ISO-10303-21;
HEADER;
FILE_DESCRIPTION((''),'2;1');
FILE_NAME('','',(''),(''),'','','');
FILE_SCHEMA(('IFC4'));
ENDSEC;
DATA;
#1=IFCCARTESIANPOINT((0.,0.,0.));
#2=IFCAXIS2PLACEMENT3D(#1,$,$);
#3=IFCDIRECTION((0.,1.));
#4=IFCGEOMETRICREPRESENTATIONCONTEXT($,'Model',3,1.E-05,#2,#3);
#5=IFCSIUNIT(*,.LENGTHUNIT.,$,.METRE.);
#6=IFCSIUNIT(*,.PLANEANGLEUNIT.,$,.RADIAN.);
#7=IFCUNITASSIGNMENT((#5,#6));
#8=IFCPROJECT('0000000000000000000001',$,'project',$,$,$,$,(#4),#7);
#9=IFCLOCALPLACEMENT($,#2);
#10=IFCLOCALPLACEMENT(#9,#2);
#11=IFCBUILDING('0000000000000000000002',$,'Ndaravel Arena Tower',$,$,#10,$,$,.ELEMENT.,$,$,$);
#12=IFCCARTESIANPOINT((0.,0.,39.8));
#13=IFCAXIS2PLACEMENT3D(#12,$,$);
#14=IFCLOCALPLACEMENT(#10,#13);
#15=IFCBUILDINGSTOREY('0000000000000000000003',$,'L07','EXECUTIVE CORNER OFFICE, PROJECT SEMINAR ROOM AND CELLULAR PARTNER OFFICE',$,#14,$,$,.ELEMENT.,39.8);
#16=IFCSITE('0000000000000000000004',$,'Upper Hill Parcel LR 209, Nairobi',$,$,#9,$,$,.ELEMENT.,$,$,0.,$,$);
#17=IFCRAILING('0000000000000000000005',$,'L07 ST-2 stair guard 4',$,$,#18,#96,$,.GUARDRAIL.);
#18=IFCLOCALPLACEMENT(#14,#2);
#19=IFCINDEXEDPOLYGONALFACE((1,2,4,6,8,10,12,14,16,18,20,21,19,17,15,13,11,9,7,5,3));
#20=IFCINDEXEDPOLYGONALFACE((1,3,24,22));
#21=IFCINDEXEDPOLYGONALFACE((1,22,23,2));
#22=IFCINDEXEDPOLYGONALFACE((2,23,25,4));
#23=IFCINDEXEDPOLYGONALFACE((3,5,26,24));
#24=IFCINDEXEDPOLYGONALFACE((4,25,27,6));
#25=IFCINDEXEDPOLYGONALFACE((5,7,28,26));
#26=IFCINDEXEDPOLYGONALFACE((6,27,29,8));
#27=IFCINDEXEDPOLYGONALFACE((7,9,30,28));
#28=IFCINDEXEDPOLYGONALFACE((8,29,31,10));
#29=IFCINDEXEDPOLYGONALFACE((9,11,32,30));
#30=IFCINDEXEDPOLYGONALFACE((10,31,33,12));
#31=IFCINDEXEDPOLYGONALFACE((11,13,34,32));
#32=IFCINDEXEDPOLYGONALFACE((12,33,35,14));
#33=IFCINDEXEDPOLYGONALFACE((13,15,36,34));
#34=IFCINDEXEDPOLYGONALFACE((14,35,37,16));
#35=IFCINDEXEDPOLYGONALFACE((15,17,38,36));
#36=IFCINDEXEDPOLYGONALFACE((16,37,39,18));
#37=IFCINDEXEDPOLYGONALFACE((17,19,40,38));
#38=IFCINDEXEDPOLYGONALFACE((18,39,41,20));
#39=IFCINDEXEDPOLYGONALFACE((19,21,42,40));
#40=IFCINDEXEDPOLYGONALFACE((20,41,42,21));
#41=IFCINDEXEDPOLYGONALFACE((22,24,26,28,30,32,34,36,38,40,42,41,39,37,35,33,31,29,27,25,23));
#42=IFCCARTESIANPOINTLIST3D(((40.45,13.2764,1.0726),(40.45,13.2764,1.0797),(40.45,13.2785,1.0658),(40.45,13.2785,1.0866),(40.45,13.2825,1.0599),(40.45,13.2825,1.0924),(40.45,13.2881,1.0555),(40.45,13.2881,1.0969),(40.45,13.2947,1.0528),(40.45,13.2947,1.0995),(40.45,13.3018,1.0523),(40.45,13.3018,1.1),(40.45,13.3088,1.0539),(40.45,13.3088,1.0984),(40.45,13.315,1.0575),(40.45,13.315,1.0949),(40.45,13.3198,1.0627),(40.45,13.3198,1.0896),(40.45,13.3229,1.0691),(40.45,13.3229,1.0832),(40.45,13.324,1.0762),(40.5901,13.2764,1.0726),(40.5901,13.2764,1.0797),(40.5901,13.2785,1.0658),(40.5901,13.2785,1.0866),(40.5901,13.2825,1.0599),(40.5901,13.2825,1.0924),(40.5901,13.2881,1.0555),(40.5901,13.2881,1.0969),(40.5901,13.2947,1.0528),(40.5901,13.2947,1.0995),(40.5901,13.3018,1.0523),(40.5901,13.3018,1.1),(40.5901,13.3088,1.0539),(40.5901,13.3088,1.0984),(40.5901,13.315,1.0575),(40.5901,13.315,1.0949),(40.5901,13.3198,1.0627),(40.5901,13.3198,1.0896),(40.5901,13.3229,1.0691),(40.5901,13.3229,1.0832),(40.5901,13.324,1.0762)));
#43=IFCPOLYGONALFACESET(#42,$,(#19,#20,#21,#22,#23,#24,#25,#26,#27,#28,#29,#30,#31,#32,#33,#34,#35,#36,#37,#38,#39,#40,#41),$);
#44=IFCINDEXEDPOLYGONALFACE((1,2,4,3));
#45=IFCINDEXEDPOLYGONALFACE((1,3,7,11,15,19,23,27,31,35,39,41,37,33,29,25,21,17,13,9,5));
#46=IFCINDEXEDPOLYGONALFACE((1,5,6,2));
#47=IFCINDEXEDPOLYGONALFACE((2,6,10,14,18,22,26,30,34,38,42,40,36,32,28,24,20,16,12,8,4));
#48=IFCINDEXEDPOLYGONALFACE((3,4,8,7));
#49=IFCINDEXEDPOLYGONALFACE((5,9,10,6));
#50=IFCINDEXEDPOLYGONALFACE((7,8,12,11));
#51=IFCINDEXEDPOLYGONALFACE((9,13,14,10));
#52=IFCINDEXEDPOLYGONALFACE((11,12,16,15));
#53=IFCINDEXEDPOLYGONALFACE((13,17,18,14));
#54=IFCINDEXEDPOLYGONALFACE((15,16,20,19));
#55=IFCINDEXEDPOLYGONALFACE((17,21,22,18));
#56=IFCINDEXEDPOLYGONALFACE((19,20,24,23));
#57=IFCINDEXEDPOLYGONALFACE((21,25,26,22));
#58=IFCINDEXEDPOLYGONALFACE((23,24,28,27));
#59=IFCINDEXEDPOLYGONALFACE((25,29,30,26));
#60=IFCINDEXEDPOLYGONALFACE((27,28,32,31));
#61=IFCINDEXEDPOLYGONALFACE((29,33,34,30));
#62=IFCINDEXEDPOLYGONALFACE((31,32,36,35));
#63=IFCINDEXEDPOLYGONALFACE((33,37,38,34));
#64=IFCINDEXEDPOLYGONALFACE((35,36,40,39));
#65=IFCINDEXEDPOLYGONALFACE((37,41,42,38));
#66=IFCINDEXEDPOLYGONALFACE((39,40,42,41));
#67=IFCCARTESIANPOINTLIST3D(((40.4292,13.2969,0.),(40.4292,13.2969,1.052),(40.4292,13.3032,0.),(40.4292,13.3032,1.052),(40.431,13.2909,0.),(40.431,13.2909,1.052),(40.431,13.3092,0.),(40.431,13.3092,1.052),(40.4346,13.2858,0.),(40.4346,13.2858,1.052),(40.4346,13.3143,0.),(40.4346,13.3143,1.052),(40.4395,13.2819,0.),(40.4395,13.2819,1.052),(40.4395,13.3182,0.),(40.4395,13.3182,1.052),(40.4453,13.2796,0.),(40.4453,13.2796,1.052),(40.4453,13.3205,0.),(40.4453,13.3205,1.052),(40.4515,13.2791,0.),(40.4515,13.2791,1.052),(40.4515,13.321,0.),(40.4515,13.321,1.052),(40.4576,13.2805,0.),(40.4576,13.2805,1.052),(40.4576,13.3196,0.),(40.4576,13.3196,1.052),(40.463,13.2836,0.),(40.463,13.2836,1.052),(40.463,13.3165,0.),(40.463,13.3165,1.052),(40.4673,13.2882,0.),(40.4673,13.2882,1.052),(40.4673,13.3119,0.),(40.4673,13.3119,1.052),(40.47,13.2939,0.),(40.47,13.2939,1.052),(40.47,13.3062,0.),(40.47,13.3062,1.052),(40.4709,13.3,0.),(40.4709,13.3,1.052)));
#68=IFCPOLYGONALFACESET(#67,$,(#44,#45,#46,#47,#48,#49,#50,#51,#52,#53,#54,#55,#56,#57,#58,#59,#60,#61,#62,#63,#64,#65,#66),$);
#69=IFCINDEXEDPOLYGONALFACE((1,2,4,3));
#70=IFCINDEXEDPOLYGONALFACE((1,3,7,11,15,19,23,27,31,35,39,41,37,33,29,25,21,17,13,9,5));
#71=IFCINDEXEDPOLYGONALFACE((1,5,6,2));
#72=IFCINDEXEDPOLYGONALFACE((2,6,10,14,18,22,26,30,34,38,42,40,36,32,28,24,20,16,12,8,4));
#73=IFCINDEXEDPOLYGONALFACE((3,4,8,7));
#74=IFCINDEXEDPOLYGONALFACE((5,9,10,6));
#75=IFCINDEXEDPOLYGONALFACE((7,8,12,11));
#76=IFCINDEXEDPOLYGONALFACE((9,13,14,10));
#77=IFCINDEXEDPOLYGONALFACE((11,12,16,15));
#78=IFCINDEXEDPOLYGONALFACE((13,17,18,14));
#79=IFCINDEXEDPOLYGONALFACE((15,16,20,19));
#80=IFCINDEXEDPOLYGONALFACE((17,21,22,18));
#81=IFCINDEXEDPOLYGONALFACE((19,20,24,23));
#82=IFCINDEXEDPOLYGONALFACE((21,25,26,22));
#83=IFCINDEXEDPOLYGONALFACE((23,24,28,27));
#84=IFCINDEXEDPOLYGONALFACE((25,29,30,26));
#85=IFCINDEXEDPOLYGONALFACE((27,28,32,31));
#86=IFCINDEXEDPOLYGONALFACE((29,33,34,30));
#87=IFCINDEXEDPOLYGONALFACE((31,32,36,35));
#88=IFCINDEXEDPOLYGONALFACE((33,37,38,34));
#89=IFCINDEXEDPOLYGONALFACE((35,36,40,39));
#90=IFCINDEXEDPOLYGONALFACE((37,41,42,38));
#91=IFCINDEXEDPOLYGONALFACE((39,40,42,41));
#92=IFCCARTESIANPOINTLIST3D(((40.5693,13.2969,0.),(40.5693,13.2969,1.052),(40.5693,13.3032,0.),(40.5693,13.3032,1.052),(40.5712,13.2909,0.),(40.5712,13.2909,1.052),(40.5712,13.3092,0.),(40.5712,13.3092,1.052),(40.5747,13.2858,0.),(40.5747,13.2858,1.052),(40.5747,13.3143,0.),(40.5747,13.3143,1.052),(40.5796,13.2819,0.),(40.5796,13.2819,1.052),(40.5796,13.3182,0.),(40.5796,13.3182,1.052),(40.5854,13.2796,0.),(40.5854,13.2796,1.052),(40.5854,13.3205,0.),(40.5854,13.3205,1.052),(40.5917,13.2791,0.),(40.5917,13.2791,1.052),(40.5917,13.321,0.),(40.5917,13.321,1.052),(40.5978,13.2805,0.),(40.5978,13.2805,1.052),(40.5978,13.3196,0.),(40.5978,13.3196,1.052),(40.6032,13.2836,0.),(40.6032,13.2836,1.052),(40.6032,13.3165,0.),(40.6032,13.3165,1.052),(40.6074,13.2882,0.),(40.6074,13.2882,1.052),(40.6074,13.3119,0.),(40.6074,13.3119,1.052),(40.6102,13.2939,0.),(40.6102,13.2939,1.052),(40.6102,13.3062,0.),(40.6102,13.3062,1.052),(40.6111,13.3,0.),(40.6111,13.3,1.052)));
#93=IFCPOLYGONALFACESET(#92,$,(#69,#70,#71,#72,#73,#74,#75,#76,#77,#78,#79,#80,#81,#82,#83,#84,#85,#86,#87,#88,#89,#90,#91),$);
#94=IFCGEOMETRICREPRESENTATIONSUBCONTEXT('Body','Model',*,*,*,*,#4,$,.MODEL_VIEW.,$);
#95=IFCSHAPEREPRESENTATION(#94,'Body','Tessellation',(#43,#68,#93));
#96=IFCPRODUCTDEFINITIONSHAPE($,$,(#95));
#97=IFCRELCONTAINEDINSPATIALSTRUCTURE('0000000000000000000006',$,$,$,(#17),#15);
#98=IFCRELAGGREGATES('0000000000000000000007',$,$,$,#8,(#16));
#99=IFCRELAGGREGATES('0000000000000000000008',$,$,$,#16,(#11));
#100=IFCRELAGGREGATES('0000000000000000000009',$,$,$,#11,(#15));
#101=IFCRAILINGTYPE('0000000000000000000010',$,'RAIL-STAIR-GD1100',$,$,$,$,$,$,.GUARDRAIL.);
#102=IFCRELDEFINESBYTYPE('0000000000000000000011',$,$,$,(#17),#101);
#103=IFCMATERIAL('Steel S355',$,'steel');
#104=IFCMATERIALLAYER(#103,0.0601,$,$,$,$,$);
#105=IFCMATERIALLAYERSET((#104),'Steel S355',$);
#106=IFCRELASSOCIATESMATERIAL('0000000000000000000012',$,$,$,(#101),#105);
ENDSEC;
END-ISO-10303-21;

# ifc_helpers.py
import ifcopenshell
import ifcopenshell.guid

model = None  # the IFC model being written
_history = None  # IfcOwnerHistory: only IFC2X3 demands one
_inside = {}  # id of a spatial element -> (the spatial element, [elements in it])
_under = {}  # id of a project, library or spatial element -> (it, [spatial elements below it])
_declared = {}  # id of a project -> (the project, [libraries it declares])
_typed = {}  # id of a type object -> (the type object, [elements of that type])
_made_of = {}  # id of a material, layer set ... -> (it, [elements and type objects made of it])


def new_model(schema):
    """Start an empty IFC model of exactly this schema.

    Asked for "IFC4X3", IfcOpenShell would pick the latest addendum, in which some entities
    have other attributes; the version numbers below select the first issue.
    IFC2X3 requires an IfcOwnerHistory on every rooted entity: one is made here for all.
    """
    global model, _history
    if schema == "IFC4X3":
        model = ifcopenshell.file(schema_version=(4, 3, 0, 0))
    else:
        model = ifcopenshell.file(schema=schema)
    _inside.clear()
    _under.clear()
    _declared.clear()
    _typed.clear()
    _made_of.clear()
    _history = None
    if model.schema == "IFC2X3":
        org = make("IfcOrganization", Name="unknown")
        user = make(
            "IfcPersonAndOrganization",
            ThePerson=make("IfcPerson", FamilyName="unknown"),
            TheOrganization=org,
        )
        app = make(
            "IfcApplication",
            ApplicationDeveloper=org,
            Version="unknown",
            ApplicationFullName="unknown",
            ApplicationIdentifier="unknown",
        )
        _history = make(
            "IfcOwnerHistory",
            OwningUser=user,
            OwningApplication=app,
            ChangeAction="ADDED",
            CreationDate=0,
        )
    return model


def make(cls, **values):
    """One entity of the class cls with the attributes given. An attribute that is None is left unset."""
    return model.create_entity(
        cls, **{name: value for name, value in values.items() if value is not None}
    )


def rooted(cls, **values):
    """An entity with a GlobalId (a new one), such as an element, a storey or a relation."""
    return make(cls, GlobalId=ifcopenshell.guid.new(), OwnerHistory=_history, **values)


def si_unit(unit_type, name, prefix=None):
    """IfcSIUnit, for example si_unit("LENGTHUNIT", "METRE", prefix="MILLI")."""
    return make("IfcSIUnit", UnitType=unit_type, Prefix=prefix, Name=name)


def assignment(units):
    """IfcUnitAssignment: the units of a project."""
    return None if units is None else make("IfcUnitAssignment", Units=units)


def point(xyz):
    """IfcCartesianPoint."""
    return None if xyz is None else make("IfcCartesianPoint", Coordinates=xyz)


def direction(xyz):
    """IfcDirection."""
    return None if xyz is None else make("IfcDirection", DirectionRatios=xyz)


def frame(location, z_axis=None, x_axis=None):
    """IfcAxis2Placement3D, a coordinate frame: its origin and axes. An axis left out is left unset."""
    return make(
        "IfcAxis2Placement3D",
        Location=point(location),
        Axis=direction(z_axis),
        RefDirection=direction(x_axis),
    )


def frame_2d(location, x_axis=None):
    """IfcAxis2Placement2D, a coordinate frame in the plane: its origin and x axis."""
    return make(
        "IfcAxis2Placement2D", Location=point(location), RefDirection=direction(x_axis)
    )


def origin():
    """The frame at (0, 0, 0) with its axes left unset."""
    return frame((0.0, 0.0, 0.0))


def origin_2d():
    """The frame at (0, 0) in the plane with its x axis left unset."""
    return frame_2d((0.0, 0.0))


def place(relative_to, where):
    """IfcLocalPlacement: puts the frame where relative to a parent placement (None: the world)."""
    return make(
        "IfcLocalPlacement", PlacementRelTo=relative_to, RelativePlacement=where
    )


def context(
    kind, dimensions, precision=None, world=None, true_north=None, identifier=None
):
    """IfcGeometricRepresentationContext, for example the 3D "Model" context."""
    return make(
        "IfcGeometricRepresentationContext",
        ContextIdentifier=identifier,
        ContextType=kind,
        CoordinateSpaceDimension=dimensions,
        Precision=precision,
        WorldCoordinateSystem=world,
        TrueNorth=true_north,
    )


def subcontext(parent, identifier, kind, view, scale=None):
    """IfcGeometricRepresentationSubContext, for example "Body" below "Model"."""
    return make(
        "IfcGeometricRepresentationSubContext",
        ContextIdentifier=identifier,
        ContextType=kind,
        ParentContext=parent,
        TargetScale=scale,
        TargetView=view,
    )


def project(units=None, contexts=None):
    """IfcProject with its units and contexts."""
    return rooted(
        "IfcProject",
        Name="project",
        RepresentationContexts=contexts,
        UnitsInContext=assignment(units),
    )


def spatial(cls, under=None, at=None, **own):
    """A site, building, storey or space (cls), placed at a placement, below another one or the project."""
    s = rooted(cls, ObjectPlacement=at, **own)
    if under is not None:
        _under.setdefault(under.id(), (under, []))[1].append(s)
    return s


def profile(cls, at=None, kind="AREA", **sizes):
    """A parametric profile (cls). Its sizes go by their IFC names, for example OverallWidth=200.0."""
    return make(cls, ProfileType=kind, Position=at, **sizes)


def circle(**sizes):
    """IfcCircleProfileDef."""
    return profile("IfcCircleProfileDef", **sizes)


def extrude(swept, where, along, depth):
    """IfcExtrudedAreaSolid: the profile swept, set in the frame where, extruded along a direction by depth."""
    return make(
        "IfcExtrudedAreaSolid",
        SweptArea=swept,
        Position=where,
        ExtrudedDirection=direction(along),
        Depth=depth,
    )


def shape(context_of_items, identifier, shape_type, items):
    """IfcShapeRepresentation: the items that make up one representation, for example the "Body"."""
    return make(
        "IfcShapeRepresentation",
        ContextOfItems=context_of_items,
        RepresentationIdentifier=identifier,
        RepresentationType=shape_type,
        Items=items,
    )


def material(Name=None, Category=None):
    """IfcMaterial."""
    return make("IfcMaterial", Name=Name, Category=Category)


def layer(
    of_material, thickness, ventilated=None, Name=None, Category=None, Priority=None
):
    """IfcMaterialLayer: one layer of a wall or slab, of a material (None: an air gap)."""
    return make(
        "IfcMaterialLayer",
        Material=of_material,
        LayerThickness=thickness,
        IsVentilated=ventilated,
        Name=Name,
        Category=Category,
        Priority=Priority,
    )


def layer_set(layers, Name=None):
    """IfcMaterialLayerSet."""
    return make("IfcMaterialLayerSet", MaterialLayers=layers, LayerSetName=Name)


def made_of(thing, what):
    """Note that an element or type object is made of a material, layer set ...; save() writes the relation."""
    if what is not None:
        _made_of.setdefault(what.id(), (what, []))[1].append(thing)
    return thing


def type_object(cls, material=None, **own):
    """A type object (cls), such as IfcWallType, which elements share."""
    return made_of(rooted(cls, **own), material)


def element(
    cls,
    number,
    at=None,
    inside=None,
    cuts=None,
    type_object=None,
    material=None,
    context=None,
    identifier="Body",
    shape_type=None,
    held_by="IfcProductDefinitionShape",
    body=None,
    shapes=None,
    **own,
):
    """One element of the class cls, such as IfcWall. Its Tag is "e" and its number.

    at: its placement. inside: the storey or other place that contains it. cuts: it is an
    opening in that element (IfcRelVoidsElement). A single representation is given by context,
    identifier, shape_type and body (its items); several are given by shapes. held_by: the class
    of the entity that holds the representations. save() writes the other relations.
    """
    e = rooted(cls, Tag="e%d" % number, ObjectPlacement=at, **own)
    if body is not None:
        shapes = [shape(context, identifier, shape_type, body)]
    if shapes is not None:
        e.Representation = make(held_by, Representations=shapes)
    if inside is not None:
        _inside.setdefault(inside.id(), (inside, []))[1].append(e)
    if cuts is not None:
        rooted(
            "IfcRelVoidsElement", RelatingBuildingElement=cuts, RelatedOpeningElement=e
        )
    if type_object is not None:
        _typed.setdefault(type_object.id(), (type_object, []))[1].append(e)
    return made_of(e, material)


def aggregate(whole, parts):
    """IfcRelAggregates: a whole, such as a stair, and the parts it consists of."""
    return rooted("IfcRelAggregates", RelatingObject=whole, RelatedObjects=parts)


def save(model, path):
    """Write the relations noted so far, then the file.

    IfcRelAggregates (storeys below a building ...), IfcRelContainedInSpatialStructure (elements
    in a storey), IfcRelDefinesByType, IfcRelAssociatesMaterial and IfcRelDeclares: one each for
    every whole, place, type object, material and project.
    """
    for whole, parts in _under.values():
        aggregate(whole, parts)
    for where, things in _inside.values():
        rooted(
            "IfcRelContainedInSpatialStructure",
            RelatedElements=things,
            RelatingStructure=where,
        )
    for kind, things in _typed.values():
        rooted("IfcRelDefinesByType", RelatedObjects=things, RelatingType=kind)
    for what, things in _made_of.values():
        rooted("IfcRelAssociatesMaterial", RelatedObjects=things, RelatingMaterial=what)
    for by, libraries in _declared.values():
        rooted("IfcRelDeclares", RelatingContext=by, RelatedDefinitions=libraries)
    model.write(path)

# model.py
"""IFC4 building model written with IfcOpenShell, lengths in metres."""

from ifc_helpers import new_model, si_unit, direction, frame, origin, origin_2d, place, context, subcontext, project, spatial, circle, extrude, material, layer, layer_set, type_object, element, save


model = new_model("IFC4")

# Units and contexts
model_context = context("Model", 3, precision=1e-05, world=origin(), true_north=direction((0.0, 1.0)))
body_context = subcontext(model_context, "Body", "Model", "MODEL_VIEW")
ifc_project = project(units=[si_unit("LENGTHUNIT", "METRE"), si_unit("PLANEANGLEUNIT", "RADIAN")], contexts=[model_context])

# Site, building, storey
site_placement = place(None, origin())
site = spatial("IfcSite", under=ifc_project, at=site_placement, Name="Upper Hill Parcel LR 209, Nairobi", CompositionType="ELEMENT", RefElevation=0.0)
building_placement = place(site_placement, origin())
building = spatial("IfcBuilding", under=site, at=building_placement, Name="Ndaravel Arena Tower", CompositionType="ELEMENT")
storey_placement = place(building_placement, frame((0.0, 0.0, 39.8)))
storey = spatial("IfcBuildingStorey", under=building, at=storey_placement, Name="L07", Description="EXECUTIVE CORNER OFFICE, PROJECT SEMINAR ROOM AND CELLULAR PARTNER OFFICE", CompositionType="ELEMENT", Elevation=39.8)

# Railing
ifc_material_1 = material(Name="Steel S355", Category="steel")
ifc_layer_1 = layer(ifc_material_1, 0.0601)
ifc_layer_set_1 = layer_set([ifc_layer_1], Name="Steel S355")
railing_type_1 = type_object("IfcRailingType", Name="RAIL-STAIR-GD1100", PredefinedType="GUARDRAIL", material=ifc_layer_set_1)
railing_1_placement = place(storey_placement, frame((40.45, 13.3, 0.0)))
element("IfcRailing", 1, at=railing_1_placement, inside=storey, type_object=railing_type_1, Name="L07 ST-2 stair guard 4", PredefinedType="GUARDRAIL", context=body_context, shape_type="SweptSolid", body=[
    extrude(circle(Radius=0.0239, at=origin_2d()), frame((0.0, 0.0, 1.0762), z_axis=(1.0, 0.0, 0.0), x_axis=(0.0, 1.0, 0.0)), (0.0, 0.0, 1.0), 0.1401),
    extrude(circle(Radius=0.021, at=origin_2d()), origin(), (0.0, 0.0, 1.0), 1.052),
    extrude(circle(Radius=0.021, at=origin_2d()), frame((0.1401, 0.0, 0.0)), (0.0, 0.0, 1.0), 1.052),
])

save(model, "model.ifc")
